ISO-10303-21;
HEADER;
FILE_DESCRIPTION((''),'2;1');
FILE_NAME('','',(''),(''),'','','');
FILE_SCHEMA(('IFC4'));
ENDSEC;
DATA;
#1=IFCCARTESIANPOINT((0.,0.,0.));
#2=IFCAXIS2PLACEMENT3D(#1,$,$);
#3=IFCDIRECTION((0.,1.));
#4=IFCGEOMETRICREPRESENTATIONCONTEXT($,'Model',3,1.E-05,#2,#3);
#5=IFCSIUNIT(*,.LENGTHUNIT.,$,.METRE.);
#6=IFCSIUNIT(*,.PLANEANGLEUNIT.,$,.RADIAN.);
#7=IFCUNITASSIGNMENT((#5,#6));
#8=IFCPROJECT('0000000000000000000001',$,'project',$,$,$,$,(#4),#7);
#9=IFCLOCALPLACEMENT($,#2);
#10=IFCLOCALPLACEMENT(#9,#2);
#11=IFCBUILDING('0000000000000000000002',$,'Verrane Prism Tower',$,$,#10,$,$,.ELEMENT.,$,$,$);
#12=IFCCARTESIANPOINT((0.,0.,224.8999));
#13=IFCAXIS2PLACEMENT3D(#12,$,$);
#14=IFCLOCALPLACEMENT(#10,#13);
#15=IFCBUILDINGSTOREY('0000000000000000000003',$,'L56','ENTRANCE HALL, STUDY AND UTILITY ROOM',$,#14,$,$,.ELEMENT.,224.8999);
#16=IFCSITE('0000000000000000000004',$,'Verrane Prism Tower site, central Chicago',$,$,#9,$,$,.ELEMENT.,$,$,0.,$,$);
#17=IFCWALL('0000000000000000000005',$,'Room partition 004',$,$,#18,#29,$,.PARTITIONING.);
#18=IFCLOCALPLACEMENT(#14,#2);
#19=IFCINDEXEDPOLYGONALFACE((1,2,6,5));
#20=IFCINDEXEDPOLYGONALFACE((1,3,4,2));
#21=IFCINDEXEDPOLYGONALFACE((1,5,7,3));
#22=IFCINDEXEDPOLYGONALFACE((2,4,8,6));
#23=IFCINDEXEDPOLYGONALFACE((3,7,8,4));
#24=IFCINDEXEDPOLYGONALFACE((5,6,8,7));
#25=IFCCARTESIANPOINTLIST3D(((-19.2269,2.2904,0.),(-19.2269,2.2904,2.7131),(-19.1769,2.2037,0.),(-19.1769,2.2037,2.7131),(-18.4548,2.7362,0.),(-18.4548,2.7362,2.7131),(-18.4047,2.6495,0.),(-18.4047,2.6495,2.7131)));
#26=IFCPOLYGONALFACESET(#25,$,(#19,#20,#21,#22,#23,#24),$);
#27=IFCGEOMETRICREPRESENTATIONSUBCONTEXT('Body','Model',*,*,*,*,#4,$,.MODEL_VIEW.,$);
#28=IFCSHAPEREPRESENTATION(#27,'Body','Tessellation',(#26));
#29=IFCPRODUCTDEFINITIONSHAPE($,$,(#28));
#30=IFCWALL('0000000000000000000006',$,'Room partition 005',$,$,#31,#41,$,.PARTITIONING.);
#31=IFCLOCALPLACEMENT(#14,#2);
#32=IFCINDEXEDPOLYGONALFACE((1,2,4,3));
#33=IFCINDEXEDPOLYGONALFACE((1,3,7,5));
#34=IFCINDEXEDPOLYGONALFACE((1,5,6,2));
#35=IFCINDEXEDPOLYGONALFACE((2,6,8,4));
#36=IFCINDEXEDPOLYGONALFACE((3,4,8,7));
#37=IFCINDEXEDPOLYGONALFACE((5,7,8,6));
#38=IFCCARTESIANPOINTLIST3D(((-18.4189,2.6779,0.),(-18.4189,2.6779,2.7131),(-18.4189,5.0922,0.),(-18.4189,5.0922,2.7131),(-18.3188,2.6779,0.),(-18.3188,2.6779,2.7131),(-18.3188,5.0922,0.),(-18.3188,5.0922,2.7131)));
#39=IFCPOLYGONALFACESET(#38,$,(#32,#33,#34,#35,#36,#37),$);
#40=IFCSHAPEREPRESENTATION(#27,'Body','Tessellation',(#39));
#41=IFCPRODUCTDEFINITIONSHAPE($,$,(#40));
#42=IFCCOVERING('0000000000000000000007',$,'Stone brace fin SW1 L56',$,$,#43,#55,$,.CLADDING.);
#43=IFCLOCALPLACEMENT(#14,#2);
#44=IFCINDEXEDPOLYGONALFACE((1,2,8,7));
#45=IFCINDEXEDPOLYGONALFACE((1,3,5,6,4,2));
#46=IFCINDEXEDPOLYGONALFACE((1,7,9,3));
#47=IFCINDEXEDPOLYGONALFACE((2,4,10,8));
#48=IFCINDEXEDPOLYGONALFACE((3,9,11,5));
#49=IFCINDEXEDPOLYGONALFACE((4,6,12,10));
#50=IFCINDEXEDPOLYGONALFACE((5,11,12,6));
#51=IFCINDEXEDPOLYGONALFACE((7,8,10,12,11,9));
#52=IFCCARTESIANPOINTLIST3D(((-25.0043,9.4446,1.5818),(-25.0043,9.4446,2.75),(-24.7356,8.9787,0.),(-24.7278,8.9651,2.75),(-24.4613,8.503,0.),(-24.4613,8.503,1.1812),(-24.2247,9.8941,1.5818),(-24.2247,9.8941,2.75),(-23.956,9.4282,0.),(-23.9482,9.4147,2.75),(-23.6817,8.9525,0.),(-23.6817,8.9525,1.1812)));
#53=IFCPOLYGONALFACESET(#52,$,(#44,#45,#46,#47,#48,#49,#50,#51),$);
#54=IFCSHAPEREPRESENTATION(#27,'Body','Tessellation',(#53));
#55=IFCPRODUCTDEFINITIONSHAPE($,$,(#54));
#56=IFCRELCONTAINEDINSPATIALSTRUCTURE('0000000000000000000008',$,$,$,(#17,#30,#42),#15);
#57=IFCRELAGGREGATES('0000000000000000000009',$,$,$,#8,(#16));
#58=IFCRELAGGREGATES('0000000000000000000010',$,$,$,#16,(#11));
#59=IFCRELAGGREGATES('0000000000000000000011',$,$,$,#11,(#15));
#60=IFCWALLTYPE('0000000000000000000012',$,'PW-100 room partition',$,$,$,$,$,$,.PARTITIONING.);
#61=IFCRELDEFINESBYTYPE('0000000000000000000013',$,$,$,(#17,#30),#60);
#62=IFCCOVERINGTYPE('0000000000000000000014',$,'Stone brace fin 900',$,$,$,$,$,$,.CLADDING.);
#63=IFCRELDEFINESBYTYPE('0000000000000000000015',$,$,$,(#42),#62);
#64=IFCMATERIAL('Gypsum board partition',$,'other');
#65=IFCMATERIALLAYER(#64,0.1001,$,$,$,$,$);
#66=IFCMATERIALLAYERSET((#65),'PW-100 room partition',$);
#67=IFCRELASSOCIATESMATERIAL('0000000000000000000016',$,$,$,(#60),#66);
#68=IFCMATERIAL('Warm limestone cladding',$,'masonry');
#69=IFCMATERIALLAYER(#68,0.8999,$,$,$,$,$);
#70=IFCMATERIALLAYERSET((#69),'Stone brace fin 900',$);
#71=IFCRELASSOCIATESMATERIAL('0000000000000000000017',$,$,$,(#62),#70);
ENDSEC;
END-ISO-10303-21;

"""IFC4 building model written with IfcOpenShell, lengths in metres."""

from ifc_helpers import new_model, si_unit, direction, frame, frame_2d, origin, place, context, subcontext, project, spatial, polyline, rectangle, outline, extrude, material, layer, layer_set, type_object, element, save


model = new_model("IFC4")

# Units and contexts
model_context = context("Model", 3, precision=1e-05, world=origin(), true_north=direction((0.0, 1.0)))
body_context = subcontext(model_context, "Body", "Model", "MODEL_VIEW")
ifc_project = project(units=[si_unit("LENGTHUNIT", "METRE"), si_unit("PLANEANGLEUNIT", "RADIAN")], contexts=[model_context])

# Site, building, storey
site_placement = place(None, origin())
site = spatial("IfcSite", under=ifc_project, at=site_placement, Name="Verrane Prism Tower site, central Chicago", CompositionType="ELEMENT", RefElevation=0.0)
building_placement = place(site_placement, origin())
building = spatial("IfcBuilding", under=site, at=building_placement, Name="Verrane Prism Tower", CompositionType="ELEMENT")
storey_placement = place(building_placement, frame((0.0, 0.0, 224.8999)))
storey = spatial("IfcBuildingStorey", under=building, at=storey_placement, Name="L56", Description="ENTRANCE HALL, STUDY AND UTILITY ROOM", CompositionType="ELEMENT", Elevation=224.8999)

# Shared definitions
ifc_material_1 = material(Name="Gypsum board partition", Category="other")
ifc_layer_1 = layer(ifc_material_1, 0.1001)
ifc_layer_set_1 = layer_set([ifc_layer_1], Name="PW-100 room partition")
wall_type_1 = type_object("IfcWallType", Name="PW-100 room partition", PredefinedType="PARTITIONING", material=ifc_layer_set_1)

# Walls
wall_1_placement = place(storey_placement, frame((-19.2019, 2.2471, 0.0), z_axis=(0.0, 0.0, 1.0), x_axis=(0.866044, 0.499967, 0.0)))
element("IfcWall", 1, at=wall_1_placement, inside=storey, type_object=wall_type_1, Name="Room partition 004", PredefinedType="PARTITIONING", context=body_context, shape_type="SweptSolid", body=[
    extrude(rectangle(XDim=0.8916, YDim=0.1001, at=frame_2d((0.4458, 0.0))), origin(), (0.0, 0.0, 1.0), 2.7131),
])
wall_2_placement = place(storey_placement, frame((-18.3689, 2.678, 0.0), z_axis=(0.0, 0.0, 1.0), x_axis=(0.0, 1.0, 0.0)))
element("IfcWall", 2, at=wall_2_placement, inside=storey, type_object=wall_type_1, Name="Room partition 005", PredefinedType="PARTITIONING", context=body_context, shape_type="SweptSolid", body=[
    extrude(rectangle(XDim=2.4143, YDim=0.1001, at=frame_2d((1.207, 0.0))), origin(), (0.0, 0.0, 1.0), 2.7131),
])

# Covering
ifc_material_2 = material(Name="Warm limestone cladding", Category="masonry")
ifc_layer_2 = layer(ifc_material_2, 0.8999)
ifc_layer_set_2 = layer_set([ifc_layer_2], Name="Stone brace fin 900")
covering_type = type_object("IfcCoveringType", Name="Stone brace fin 900", PredefinedType="CLADDING", material=ifc_layer_set_2)
covering_placement = place(storey_placement, frame((-24.0715, 8.7278, 0.0), z_axis=(0.0, 0.0, 1.0), x_axis=(-0.499522, 0.866301, 0.0)))
element("IfcCovering", 3, at=covering_placement, inside=storey, type_object=covering_type, Name="Stone brace fin SW1 L56", PredefinedType="CLADDING", context=body_context, shape_type="SweptSolid", body=[
    extrude(outline(polyline([(1.0869, 2.75), (0.5334, 2.75), (0.0, 1.1812), (0.0, 0.0), (0.5491, 0.0), (1.0869, 1.5818), (1.0869, 2.75)])), frame((0.0, 0.45, 0.0), z_axis=(0.0, -1.0, 0.0), x_axis=(1.0, 0.0, 0.0)), (0.0, 0.0, 1.0), 0.8999),
])

save(model, "model.ifc")
